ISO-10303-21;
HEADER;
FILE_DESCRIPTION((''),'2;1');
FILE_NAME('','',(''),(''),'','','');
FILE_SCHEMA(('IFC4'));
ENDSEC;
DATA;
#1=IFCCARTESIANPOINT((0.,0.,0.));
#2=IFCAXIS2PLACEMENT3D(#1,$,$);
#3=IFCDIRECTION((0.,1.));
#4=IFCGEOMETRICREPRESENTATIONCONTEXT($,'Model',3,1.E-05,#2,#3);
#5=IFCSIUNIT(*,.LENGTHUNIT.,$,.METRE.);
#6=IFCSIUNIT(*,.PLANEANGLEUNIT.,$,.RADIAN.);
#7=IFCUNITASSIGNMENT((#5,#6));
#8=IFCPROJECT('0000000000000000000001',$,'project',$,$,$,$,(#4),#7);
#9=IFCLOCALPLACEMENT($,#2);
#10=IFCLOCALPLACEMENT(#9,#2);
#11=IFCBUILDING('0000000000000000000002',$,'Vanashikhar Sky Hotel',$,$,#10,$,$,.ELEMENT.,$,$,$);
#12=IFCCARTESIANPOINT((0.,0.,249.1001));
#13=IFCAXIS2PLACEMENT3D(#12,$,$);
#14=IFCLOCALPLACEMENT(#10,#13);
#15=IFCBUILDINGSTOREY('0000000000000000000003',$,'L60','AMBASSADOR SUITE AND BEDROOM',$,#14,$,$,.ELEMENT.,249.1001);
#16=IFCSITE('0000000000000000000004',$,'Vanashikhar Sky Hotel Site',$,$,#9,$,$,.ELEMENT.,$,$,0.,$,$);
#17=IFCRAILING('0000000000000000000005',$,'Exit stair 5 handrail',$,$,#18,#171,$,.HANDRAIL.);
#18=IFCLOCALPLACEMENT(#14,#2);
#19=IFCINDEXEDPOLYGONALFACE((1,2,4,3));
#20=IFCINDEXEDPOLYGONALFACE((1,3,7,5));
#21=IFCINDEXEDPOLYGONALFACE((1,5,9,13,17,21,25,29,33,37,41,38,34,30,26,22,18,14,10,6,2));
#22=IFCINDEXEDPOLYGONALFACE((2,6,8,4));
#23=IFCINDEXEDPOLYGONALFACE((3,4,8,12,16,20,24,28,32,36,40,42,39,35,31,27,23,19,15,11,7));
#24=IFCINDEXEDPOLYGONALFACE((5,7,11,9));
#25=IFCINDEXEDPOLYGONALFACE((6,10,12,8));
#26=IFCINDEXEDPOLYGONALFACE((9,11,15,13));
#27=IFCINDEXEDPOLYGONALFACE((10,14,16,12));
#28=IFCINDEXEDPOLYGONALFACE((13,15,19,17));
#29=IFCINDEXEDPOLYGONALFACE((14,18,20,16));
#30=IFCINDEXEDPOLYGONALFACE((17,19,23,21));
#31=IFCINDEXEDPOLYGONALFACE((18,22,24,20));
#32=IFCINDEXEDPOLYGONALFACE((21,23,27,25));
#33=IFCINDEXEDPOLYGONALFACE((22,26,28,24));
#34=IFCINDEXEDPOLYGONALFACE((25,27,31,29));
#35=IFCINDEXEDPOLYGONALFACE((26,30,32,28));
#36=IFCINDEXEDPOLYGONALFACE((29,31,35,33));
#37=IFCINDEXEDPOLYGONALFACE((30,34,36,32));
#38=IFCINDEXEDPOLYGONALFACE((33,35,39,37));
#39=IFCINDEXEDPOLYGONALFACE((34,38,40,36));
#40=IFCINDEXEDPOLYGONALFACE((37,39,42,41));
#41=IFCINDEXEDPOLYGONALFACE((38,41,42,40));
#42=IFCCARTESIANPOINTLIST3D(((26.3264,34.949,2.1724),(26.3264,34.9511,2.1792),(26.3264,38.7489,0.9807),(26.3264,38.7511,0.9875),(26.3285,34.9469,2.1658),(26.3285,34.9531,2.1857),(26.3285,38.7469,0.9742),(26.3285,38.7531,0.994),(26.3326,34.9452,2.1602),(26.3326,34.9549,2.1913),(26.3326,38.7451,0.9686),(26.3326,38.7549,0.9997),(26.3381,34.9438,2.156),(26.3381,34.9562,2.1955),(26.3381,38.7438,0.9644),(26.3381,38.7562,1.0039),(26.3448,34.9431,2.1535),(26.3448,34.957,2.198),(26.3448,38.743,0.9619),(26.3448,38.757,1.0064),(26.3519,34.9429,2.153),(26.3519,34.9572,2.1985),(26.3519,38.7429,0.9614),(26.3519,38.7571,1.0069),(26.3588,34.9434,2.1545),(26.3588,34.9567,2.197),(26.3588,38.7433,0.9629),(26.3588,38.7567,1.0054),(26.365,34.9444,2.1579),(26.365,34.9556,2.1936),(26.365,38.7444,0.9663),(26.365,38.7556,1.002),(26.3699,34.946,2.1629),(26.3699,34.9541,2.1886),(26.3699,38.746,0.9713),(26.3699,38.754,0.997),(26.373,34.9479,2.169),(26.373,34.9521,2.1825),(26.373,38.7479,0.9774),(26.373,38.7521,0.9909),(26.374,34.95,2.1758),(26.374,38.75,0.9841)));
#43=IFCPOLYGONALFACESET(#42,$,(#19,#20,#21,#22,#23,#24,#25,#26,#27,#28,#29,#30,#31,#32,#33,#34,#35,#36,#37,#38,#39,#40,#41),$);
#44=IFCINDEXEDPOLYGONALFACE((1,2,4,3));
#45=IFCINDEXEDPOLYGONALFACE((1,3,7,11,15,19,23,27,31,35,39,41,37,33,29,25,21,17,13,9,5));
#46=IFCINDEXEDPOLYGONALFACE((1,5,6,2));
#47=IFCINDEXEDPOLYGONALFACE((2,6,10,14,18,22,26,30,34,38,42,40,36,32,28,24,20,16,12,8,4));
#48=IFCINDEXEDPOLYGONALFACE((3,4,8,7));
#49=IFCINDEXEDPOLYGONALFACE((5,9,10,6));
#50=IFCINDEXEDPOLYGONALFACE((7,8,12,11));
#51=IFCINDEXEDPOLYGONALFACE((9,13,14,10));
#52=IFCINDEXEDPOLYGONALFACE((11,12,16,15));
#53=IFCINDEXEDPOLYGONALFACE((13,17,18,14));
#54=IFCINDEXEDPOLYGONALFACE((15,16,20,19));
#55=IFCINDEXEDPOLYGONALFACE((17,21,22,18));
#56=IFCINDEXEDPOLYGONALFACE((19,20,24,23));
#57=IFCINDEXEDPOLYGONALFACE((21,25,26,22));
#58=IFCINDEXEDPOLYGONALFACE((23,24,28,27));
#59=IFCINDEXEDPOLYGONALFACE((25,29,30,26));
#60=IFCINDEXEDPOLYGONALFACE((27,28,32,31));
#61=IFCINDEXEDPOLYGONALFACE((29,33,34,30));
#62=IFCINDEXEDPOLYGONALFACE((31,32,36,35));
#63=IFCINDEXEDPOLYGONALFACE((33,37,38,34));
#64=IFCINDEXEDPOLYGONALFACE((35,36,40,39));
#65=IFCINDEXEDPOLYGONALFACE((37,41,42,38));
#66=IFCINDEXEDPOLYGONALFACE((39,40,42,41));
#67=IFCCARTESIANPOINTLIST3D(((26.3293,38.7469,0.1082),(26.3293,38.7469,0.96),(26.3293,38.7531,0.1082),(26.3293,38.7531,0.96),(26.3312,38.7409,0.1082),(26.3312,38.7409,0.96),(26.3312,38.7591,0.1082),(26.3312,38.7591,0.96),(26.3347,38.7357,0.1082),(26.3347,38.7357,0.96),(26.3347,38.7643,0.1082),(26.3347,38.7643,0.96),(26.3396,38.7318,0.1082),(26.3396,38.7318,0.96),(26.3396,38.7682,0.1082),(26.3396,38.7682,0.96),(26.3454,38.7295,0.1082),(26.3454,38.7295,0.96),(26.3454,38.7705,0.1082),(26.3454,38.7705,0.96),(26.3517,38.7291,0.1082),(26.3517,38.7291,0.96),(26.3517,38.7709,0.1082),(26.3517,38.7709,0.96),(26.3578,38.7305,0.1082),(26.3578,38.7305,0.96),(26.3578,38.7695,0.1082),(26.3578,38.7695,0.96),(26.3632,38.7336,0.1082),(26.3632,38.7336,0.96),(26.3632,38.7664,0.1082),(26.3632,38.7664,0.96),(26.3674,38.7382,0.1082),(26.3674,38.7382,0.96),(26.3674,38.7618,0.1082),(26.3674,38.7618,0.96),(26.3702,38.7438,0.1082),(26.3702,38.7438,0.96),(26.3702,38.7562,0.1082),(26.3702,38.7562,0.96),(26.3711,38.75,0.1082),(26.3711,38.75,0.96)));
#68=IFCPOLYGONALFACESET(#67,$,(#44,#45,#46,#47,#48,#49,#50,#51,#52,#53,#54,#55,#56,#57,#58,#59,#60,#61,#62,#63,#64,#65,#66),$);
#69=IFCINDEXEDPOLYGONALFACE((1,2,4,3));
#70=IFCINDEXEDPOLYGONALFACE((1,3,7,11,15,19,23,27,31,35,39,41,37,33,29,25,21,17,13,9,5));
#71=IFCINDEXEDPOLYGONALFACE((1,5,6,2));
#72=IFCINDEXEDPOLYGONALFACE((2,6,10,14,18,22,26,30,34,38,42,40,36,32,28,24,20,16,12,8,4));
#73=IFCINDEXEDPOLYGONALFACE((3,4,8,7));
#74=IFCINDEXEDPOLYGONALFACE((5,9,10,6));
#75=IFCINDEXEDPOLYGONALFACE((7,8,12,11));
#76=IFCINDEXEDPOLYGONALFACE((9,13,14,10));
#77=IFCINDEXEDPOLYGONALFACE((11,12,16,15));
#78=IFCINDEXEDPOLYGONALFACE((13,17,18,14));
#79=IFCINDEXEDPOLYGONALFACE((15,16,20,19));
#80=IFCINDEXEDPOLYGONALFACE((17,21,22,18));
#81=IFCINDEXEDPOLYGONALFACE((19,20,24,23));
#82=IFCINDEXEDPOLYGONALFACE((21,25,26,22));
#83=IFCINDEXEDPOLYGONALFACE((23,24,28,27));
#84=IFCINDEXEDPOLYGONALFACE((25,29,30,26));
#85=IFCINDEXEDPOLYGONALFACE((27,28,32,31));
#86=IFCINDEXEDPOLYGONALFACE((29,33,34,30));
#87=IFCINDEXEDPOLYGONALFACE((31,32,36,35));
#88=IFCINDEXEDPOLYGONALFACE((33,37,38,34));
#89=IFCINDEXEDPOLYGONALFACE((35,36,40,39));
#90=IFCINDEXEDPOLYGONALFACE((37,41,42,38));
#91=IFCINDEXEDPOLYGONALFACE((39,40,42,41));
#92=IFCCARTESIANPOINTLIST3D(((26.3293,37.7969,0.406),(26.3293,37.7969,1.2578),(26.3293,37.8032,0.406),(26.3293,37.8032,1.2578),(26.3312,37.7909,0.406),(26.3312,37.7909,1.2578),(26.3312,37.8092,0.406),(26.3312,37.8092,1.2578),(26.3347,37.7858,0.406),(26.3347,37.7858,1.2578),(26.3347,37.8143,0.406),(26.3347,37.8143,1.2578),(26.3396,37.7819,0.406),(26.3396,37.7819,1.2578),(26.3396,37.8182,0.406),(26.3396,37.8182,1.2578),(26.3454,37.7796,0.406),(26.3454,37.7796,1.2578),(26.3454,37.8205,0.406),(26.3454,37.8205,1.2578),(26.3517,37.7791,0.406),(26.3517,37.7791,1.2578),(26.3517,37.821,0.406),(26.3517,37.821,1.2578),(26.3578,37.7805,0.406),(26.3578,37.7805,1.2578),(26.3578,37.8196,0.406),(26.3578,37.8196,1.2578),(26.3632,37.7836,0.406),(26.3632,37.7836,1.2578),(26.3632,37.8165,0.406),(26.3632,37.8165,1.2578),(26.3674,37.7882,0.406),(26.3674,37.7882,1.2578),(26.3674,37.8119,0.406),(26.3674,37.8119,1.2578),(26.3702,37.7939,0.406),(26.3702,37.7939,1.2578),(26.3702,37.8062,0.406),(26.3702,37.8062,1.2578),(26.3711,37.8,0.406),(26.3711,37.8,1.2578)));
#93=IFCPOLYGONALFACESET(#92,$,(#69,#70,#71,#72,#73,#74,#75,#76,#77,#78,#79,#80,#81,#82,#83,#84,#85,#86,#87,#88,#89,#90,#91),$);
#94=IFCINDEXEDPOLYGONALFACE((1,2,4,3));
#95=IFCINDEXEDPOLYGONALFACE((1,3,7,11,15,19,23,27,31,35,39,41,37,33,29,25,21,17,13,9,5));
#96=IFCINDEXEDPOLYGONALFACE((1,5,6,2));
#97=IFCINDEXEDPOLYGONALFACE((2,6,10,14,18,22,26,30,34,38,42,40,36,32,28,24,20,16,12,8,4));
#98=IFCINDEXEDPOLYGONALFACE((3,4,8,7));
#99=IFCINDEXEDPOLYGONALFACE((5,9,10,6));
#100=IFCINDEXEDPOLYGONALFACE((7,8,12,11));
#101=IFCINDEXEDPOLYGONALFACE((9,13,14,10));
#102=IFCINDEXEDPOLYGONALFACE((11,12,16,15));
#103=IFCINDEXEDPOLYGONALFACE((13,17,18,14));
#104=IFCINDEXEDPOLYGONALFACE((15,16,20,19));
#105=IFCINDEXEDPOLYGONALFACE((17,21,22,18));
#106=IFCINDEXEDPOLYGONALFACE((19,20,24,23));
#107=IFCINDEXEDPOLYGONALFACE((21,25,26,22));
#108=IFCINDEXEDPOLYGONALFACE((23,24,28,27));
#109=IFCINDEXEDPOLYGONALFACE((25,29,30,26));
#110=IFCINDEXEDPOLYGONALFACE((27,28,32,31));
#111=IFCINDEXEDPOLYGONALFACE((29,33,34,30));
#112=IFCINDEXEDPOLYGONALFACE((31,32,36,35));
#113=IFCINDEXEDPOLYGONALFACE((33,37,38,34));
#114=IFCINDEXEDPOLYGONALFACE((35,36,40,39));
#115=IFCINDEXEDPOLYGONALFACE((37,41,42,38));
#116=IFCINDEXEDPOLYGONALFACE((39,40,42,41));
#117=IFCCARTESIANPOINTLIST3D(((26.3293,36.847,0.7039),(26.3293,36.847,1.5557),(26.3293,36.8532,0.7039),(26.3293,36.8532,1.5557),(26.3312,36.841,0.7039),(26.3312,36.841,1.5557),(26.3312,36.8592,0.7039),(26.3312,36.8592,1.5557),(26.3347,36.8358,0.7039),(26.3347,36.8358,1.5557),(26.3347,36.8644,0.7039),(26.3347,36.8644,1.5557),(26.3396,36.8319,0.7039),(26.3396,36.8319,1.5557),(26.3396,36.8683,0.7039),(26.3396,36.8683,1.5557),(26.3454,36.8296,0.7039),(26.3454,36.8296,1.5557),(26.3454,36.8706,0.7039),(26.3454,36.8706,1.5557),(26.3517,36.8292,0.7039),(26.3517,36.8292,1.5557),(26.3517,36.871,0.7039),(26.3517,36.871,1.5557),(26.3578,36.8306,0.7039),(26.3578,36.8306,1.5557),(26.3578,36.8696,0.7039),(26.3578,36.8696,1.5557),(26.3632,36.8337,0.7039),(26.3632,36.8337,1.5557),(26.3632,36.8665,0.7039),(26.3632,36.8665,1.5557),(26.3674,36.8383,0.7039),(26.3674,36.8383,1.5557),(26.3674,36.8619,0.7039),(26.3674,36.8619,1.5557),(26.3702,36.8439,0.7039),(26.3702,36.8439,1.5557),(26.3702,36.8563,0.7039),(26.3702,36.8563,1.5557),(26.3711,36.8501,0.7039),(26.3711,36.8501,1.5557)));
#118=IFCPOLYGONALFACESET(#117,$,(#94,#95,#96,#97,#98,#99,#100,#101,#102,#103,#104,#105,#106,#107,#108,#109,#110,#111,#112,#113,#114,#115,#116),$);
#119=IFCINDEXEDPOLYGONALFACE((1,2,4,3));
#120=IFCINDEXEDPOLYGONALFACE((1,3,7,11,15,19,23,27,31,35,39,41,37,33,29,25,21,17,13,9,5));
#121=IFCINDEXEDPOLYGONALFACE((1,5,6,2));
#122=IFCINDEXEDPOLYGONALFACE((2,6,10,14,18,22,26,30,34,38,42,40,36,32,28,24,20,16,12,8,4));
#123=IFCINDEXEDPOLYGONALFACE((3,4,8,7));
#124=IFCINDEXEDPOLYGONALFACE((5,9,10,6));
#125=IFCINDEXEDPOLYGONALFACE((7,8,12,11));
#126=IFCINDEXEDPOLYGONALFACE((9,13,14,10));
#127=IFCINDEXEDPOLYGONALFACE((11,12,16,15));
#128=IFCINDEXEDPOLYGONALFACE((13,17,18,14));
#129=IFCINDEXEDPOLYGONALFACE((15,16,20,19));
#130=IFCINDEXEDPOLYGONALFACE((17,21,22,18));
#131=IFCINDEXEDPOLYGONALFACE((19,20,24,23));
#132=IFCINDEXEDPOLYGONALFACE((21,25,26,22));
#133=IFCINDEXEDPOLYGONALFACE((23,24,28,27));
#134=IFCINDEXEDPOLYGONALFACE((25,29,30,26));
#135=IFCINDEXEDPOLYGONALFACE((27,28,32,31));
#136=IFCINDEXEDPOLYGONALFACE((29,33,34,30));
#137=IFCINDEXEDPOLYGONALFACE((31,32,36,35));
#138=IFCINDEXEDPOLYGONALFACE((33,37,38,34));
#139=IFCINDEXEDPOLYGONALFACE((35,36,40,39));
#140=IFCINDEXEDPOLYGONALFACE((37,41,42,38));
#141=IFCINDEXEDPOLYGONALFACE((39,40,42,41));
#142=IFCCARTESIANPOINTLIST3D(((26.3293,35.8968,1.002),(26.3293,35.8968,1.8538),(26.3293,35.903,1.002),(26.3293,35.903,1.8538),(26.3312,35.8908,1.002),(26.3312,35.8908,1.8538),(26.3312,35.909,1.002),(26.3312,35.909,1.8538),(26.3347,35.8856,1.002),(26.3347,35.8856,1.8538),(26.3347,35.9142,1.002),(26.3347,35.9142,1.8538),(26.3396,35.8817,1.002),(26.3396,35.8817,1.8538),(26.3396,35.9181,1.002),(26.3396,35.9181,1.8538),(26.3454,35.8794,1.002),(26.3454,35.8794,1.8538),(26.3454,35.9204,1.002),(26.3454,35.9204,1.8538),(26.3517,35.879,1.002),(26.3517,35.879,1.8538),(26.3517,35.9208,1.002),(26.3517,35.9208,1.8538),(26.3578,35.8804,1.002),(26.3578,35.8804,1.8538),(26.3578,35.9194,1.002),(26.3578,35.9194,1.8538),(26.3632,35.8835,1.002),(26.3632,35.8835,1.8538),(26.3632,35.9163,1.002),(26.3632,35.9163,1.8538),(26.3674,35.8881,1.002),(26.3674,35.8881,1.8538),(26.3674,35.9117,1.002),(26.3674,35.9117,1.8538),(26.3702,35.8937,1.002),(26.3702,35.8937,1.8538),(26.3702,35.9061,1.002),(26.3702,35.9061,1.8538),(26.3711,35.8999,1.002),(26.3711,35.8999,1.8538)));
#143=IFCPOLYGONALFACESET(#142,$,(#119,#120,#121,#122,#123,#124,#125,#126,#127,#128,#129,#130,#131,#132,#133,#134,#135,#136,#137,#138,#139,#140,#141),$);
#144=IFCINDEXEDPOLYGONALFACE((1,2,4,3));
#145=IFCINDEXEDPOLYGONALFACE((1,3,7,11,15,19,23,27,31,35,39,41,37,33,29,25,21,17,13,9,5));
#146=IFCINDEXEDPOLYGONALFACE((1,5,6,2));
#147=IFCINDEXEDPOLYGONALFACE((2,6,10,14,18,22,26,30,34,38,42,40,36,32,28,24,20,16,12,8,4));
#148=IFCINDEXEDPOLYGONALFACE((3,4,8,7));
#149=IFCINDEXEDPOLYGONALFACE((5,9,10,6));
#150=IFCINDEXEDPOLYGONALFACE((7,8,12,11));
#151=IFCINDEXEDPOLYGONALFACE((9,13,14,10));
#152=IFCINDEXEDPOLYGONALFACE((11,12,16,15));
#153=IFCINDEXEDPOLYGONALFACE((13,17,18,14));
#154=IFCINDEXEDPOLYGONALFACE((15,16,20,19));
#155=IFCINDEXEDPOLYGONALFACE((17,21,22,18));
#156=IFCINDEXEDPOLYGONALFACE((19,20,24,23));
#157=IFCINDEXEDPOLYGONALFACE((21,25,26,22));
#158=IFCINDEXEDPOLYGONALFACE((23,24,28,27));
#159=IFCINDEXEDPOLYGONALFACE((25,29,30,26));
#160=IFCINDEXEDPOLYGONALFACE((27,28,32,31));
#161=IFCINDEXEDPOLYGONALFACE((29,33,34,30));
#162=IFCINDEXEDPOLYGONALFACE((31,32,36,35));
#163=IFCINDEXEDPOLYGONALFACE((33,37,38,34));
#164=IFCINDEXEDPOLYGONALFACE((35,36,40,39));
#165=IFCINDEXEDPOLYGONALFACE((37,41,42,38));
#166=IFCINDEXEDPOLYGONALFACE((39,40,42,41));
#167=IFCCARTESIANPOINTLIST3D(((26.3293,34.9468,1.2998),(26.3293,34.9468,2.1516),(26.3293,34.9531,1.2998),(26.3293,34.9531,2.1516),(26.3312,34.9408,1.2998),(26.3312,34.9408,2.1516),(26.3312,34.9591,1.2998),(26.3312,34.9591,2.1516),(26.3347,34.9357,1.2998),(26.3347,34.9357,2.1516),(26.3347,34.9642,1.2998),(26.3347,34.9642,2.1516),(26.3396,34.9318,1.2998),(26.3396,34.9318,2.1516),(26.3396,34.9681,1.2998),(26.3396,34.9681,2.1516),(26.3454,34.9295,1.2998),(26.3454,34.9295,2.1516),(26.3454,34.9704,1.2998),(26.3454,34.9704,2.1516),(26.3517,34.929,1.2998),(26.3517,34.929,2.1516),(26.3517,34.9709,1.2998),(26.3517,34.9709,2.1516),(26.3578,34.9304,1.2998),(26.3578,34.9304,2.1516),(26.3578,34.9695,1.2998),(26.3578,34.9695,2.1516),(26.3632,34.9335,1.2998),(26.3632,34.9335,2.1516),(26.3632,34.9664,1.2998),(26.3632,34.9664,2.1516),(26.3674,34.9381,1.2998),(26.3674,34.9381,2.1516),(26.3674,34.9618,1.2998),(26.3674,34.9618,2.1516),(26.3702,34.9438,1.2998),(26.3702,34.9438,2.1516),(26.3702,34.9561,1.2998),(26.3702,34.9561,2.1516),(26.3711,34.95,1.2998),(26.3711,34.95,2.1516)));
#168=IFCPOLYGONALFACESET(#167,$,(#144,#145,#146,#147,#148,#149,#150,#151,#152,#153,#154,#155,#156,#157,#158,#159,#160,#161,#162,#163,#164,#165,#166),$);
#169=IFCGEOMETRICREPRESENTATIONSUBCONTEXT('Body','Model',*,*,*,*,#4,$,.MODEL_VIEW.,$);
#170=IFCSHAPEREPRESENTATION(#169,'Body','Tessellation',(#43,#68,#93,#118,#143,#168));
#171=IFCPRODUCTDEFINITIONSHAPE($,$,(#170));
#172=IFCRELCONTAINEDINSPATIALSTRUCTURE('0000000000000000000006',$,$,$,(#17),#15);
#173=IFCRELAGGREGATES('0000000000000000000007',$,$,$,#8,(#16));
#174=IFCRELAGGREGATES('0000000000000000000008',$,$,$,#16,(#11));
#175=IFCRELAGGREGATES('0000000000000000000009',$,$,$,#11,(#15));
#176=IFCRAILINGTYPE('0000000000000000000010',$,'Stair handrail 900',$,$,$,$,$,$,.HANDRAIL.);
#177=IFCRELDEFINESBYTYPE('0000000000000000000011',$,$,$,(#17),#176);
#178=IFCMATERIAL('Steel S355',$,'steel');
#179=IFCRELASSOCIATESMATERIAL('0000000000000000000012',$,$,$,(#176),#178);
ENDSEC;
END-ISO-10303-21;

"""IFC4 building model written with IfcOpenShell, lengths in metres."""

from ifc_helpers import new_model, si_unit, direction, frame, origin, origin_2d, place, context, subcontext, project, spatial, circle, extrude, source, transform, mapped, material, type_object, element, save


model = new_model("IFC4")

# Units and contexts
model_context = context("Model", 3, precision=1e-05, world=origin(), true_north=direction((0.0, 1.0)))
body_context = subcontext(model_context, "Body", "Model", "MODEL_VIEW")
ifc_project = project(units=[si_unit("LENGTHUNIT", "METRE"), si_unit("PLANEANGLEUNIT", "RADIAN")], contexts=[model_context])

# Site, building, storey
site_placement = place(None, origin())
site = spatial("IfcSite", under=ifc_project, at=site_placement, Name="Vanashikhar Sky Hotel Site", CompositionType="ELEMENT", RefElevation=0.0)
building_placement = place(site_placement, origin())
building = spatial("IfcBuilding", under=site, at=building_placement, Name="Vanashikhar Sky Hotel", CompositionType="ELEMENT")
storey_placement = place(building_placement, frame((0.0, 0.0, 249.1001)))
storey = spatial("IfcBuildingStorey", under=building, at=storey_placement, Name="L60", Description="AMBASSADOR SUITE AND BEDROOM", CompositionType="ELEMENT", Elevation=249.1001)

# Railing
ifc_material_1 = material(Name="Steel S355", Category="steel")
railing_type_1 = type_object("IfcRailingType", Name="Stair handrail 900", PredefinedType="HANDRAIL", material=ifc_material_1)
shared_shape_1 = source(origin(), body_context, "Body", "SweptSolid", [
    extrude(circle(Radius=0.0239, at=origin_2d()), frame((0.0, 0.0, 0.876), z_axis=(0.0, -0.954184, 0.299221), x_axis=(1.0, 0.0, 0.0)), (0.0, 0.0, 1.0), 3.9824),
    extrude(circle(Radius=0.021, at=origin_2d()), origin(), (0.0, 0.0, 1.0), 0.8518),
    extrude(circle(Radius=0.021, at=origin_2d()), frame((0.0, -0.95, 0.2979)), (0.0, 0.0, 1.0), 0.8518),
    extrude(circle(Radius=0.021, at=origin_2d()), frame((0.0, -1.8999, 0.5957)), (0.0, 0.0, 1.0), 0.8518),
    extrude(circle(Radius=0.021, at=origin_2d()), frame((0.0, -2.8501, 0.8938)), (0.0, 0.0, 1.0), 0.8518),
    extrude(circle(Radius=0.021, at=origin_2d()), frame((0.0, -3.8, 1.1917)), (0.0, 0.0, 1.0), 0.8518),
])
for number, where, name in (
    (1, (26.3501, 38.75, 0.1082), "Exit stair 5 handrail"),
):
    element("IfcRailing", number, at=place(storey_placement, frame(where)), inside=storey, type_object=railing_type_1, Name=name, PredefinedType="HANDRAIL", context=body_context, shape_type="MappedRepresentation", body=[
        mapped(shared_shape_1, transform((0.0, 0.0, 0.0), scale=1.0)),
    ])

save(model, "model.ifc")
